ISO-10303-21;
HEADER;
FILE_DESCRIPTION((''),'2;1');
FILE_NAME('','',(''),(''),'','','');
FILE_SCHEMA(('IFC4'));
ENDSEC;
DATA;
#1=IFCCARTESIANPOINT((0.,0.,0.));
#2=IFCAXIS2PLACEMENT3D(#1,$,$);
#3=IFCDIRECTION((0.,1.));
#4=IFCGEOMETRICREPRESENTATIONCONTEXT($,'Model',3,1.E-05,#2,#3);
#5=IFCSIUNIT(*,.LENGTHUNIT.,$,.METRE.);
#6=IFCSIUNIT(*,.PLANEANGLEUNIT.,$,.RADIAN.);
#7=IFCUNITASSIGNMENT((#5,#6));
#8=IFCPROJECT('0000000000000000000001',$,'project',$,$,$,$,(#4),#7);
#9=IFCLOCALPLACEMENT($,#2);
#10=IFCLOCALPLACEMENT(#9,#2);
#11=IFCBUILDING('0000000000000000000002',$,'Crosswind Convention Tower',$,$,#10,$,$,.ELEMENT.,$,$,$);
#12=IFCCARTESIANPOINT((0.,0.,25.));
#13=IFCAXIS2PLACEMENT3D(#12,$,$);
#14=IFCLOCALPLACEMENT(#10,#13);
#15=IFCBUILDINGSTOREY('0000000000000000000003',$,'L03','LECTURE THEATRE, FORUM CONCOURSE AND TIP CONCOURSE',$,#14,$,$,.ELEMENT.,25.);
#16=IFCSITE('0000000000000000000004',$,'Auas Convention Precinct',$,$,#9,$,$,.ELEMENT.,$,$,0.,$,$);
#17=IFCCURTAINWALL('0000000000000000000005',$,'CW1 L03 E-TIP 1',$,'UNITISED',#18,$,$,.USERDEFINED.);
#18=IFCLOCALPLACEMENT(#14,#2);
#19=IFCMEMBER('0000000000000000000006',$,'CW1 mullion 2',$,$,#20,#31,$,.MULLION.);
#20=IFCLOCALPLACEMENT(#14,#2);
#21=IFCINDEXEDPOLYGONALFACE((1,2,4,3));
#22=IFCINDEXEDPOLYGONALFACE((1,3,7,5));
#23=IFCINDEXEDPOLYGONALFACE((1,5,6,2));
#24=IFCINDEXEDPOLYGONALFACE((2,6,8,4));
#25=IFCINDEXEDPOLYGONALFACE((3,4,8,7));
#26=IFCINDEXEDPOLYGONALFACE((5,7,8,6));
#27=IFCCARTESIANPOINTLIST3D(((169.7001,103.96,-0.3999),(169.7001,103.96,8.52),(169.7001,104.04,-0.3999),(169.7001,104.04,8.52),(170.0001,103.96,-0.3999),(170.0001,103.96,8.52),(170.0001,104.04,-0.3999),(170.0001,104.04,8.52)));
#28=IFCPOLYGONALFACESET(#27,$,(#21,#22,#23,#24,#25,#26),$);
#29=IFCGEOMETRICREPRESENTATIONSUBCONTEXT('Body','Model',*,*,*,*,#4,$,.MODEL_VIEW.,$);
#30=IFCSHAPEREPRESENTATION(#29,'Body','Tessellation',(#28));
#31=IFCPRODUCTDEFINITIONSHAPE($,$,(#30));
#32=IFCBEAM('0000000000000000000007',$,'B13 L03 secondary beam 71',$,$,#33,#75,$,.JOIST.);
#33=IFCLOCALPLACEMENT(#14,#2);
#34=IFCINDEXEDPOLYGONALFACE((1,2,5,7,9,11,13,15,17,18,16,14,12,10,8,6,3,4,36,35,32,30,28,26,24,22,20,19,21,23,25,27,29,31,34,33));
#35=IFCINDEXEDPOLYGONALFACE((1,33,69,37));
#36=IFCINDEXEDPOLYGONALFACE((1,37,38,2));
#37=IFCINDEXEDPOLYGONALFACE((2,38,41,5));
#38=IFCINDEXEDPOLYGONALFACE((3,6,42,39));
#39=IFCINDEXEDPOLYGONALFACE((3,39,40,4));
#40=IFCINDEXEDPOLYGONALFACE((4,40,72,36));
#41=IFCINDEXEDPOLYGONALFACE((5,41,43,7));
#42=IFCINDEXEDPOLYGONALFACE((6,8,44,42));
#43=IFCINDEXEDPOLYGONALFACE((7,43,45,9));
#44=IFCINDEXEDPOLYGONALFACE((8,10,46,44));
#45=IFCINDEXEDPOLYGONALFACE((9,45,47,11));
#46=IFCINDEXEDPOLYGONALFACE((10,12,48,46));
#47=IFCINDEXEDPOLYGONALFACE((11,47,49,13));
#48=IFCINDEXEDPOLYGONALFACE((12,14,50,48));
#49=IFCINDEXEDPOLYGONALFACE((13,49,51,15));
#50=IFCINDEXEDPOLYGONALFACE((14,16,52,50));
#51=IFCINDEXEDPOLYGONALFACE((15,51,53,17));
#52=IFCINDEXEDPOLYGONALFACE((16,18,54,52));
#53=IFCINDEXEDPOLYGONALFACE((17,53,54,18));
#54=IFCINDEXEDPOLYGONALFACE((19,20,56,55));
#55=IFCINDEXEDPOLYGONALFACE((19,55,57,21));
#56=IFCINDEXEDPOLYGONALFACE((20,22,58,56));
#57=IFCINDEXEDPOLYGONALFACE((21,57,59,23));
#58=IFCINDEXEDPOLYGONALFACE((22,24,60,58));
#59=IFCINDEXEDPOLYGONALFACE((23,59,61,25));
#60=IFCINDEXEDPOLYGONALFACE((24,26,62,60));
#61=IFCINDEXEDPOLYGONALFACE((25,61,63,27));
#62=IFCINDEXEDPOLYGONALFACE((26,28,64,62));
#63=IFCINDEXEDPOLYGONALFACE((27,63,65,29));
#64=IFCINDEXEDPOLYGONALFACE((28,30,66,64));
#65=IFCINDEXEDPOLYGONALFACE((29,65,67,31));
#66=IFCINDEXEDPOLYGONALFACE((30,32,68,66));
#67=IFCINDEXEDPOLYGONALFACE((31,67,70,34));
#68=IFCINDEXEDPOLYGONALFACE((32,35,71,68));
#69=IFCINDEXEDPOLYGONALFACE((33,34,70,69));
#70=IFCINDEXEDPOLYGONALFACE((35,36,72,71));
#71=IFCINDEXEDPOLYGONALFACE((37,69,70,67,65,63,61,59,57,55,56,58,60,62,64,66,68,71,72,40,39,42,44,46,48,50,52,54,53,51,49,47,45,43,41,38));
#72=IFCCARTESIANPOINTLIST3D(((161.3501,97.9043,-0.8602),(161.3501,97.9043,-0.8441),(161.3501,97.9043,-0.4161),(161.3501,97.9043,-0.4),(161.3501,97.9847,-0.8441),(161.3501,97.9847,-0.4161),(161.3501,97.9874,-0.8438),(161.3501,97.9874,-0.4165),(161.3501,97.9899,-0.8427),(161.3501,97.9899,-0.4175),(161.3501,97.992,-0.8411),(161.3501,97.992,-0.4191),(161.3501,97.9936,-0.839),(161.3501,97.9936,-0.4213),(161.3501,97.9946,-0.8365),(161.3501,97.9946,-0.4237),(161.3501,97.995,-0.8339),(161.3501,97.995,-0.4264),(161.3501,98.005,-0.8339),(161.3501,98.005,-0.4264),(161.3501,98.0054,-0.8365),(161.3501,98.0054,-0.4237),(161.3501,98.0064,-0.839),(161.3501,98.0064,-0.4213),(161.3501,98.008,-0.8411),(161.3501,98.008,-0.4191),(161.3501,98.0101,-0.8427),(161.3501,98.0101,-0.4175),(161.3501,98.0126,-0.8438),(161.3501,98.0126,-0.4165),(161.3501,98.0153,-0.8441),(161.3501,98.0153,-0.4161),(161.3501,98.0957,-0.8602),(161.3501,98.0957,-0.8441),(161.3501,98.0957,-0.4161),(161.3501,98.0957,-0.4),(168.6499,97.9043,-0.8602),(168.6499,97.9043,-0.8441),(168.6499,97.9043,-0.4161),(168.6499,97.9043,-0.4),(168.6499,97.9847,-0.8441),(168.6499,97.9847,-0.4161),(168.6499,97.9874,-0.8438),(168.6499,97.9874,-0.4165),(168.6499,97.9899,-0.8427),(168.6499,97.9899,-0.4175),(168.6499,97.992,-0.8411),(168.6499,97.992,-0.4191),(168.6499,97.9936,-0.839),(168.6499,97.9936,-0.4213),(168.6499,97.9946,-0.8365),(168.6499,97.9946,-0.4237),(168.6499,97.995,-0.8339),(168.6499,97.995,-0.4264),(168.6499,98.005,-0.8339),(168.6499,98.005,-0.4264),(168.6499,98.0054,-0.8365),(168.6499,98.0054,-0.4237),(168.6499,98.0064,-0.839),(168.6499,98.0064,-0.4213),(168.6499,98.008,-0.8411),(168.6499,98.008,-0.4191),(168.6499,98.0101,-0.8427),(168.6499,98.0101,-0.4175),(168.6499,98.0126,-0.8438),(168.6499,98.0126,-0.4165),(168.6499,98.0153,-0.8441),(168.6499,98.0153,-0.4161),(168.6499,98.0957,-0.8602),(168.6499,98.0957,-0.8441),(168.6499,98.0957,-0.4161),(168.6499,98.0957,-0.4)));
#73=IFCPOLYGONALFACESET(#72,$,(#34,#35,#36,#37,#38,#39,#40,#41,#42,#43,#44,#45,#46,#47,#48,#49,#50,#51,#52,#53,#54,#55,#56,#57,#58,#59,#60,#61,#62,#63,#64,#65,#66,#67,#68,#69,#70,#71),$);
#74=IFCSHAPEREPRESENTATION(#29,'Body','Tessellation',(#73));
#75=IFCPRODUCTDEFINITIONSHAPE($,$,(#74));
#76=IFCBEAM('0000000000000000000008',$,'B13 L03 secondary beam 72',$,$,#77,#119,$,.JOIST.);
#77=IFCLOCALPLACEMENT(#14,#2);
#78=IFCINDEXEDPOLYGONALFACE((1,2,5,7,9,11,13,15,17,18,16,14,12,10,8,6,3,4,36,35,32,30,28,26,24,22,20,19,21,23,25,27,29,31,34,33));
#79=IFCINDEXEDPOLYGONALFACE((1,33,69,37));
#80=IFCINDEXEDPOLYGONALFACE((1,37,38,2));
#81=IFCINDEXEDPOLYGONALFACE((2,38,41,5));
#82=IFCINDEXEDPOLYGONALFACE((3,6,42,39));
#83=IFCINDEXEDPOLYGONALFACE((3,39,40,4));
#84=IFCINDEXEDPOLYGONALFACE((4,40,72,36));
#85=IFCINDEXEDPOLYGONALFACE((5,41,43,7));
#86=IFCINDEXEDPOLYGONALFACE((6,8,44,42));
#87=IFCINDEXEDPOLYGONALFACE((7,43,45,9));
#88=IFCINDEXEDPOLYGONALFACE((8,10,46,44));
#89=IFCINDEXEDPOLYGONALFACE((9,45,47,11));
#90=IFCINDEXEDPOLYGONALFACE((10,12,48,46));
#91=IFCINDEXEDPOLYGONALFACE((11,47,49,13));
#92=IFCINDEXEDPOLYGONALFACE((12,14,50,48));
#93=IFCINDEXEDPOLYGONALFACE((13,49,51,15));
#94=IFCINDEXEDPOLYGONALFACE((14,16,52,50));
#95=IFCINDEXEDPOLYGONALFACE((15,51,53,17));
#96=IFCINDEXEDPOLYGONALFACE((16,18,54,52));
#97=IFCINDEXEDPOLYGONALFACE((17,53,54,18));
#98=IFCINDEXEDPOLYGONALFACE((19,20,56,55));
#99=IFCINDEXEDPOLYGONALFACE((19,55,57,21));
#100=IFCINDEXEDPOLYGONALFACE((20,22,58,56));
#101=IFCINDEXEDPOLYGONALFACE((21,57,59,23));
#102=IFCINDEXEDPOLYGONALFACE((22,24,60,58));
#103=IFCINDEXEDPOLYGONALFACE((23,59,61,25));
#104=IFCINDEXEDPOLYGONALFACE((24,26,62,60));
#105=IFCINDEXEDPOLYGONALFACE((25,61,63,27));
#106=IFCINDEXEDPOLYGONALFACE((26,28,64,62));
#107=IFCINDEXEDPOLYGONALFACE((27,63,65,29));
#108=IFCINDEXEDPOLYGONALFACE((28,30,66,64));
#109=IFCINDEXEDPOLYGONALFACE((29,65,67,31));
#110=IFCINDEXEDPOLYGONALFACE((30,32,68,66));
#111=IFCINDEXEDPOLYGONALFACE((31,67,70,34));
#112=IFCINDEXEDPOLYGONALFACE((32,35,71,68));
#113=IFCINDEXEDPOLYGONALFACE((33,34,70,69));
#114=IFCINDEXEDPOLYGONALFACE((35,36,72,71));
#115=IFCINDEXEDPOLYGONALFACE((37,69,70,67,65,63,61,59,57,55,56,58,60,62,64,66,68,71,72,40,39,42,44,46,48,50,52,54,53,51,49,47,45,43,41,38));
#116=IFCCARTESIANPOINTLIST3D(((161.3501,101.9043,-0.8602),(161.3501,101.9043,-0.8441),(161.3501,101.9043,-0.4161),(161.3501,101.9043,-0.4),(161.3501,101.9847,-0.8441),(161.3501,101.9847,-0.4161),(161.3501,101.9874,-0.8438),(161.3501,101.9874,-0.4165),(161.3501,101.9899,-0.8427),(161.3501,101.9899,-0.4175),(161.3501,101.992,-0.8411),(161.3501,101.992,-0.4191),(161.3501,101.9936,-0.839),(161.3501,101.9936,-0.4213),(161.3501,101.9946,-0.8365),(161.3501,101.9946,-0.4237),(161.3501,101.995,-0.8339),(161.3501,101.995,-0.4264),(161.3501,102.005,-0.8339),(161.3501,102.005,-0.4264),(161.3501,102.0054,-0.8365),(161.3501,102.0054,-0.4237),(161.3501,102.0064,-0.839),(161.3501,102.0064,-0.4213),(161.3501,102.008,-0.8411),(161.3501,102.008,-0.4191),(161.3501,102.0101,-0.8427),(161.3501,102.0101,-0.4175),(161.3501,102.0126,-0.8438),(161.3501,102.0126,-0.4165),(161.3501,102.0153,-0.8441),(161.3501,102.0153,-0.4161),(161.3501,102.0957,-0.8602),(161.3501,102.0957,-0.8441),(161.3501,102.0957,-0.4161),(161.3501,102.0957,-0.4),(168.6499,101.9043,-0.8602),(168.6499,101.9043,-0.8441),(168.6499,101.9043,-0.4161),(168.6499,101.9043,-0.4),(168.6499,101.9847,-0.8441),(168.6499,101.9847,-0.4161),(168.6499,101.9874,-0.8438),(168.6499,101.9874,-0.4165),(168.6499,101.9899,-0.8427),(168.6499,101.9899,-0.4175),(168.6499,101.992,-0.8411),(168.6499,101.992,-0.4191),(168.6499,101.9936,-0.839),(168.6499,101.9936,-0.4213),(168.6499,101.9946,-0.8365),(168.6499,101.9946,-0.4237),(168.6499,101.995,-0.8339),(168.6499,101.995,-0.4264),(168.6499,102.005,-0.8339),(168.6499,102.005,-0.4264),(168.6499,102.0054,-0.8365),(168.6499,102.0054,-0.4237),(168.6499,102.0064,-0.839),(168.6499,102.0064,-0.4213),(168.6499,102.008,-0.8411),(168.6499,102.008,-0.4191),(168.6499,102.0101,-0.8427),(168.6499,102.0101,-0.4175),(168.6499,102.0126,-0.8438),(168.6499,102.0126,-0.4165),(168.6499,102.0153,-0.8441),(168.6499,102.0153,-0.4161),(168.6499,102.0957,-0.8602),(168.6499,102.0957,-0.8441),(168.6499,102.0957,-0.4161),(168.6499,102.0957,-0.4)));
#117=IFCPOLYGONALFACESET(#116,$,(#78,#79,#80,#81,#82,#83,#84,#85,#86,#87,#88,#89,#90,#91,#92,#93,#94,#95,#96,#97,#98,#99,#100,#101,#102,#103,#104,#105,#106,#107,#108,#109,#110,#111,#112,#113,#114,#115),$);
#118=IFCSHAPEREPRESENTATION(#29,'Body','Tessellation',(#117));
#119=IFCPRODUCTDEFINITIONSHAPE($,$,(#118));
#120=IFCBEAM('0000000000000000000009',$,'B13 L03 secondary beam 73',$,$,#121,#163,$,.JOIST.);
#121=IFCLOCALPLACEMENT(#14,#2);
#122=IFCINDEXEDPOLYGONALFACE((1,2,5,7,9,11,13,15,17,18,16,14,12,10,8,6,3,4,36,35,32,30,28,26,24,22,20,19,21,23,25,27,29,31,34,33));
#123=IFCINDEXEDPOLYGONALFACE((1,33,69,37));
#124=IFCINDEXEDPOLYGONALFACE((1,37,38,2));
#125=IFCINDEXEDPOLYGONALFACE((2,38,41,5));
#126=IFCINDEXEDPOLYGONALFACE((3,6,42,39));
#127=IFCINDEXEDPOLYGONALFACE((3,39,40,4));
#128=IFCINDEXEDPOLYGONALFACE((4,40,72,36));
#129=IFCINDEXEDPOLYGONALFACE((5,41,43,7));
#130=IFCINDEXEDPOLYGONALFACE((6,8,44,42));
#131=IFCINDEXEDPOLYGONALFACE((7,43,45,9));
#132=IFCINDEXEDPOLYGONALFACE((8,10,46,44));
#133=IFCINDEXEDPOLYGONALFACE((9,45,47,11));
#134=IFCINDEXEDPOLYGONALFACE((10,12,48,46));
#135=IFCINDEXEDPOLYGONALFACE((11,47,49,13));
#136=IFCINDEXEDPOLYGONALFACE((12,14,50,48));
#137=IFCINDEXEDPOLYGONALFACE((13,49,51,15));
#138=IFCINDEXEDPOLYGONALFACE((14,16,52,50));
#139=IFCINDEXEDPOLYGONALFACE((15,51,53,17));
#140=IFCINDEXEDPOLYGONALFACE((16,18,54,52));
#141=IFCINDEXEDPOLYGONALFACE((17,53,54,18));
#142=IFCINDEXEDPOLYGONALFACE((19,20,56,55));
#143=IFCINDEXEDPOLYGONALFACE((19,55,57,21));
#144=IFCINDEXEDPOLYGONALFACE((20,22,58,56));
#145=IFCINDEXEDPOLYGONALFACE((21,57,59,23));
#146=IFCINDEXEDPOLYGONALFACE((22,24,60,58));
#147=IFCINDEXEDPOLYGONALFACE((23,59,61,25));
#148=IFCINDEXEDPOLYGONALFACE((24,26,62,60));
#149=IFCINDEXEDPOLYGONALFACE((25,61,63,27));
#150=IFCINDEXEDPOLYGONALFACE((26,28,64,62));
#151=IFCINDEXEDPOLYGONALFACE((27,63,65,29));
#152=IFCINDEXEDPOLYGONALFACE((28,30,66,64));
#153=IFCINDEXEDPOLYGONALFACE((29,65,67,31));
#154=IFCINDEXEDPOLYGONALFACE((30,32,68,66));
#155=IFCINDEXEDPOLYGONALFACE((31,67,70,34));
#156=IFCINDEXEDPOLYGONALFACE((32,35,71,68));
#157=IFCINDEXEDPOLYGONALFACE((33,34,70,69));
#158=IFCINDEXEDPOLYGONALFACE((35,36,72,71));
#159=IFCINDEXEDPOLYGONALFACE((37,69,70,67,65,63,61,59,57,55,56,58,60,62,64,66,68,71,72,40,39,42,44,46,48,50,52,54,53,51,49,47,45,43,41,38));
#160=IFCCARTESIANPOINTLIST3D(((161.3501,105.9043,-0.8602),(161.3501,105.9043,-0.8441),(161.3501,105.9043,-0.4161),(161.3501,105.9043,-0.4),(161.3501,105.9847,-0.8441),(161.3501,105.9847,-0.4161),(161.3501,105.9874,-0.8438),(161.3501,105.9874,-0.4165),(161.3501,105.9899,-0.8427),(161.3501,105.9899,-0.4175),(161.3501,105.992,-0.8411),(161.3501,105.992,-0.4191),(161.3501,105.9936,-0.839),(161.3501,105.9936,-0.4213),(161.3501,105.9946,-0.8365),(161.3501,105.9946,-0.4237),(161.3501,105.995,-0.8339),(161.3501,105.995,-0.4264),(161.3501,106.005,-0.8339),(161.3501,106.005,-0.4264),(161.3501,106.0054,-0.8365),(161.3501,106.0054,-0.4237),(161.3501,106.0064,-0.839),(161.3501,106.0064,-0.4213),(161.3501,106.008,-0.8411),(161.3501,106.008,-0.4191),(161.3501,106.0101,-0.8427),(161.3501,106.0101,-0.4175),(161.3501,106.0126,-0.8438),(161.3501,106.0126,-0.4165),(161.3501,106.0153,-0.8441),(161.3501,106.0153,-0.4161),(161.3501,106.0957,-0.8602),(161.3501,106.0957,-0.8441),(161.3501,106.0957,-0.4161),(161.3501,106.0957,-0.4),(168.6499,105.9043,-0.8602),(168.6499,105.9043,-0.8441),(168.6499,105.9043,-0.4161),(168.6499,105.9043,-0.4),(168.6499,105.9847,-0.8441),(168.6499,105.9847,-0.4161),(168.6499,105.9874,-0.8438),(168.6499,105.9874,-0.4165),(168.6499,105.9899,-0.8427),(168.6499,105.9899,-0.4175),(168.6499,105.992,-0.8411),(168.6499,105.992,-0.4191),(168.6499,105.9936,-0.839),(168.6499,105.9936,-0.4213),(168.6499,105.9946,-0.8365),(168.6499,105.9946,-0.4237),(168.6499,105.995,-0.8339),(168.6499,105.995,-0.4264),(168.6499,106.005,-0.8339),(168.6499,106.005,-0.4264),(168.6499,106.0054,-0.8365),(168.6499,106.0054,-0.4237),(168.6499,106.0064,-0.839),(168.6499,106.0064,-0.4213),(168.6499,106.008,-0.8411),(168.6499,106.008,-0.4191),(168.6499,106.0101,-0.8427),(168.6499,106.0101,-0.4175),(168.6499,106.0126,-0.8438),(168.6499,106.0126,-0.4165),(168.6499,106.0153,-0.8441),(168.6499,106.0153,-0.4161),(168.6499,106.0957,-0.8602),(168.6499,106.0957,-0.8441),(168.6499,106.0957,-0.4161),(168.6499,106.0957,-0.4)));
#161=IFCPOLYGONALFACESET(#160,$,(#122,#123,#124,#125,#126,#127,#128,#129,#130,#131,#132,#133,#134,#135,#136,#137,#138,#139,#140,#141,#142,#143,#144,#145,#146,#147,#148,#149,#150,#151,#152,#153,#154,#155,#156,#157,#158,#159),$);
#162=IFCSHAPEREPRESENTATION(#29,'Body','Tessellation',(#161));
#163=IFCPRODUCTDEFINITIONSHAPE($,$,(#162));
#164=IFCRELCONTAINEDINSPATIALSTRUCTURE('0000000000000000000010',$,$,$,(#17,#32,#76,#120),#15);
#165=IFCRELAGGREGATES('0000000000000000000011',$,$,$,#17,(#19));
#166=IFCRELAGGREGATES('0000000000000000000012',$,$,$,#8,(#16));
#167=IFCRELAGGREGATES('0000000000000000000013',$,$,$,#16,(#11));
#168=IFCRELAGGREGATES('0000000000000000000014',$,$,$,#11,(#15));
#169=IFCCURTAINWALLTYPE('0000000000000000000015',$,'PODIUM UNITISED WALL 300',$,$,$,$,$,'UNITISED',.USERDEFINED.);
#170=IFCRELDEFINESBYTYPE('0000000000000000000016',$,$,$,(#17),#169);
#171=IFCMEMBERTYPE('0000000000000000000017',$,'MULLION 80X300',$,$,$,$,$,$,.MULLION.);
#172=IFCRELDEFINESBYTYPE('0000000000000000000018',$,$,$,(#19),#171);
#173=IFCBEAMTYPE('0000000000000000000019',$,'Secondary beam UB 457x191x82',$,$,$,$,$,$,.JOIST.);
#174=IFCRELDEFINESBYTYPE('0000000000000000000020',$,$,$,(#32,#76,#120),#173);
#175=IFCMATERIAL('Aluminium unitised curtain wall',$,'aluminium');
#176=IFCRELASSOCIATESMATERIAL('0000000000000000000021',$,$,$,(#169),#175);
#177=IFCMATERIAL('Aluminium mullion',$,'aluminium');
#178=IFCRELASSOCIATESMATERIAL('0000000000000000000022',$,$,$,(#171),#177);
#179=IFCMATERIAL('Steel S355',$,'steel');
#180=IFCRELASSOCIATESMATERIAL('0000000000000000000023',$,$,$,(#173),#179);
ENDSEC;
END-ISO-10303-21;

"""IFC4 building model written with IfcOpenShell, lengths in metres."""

from ifc_helpers import new_model, si_unit, direction, frame, origin, origin_2d, place, context, subcontext, project, spatial, rectangle, i_section, extrude, material, material_profile, profile_set, type_object, element, aggregate, save


model = new_model("IFC4")

# Units and contexts
model_context = context("Model", 3, precision=1e-05, world=origin(), true_north=direction((0.0, 1.0)))
body_context = subcontext(model_context, "Body", "Model", "MODEL_VIEW")
ifc_project = project(units=[si_unit("LENGTHUNIT", "METRE"), si_unit("PLANEANGLEUNIT", "RADIAN")], contexts=[model_context])

# Site, building, storey
site_placement = place(None, origin())
site = spatial("IfcSite", under=ifc_project, at=site_placement, Name="Auas Convention Precinct", CompositionType="ELEMENT", RefElevation=0.0)
building_placement = place(site_placement, origin())
building = spatial("IfcBuilding", under=site, at=building_placement, Name="Crosswind Convention Tower", CompositionType="ELEMENT")
storey_placement = place(building_placement, frame((0.0, 0.0, 25.0)))
storey = spatial("IfcBuildingStorey", under=building, at=storey_placement, Name="L03", Description="LECTURE THEATRE, FORUM CONCOURSE AND TIP CONCOURSE", CompositionType="ELEMENT", Elevation=25.0)

# Curtain wall, member
ifc_material_1 = material(Name="Aluminium unitised curtain wall", Category="aluminium")
curtain_wall_type = type_object("IfcCurtainWallType", Name="PODIUM UNITISED WALL 300", ElementType="UNITISED", PredefinedType="USERDEFINED", material=ifc_material_1)
curtain_wall_placement = place(storey_placement, origin())
curtain_wall = element("IfcCurtainWall", 1, at=curtain_wall_placement, inside=storey, type_object=curtain_wall_type, Name="CW1 L03 E-TIP 1", ObjectType="UNITISED", PredefinedType="USERDEFINED")
ifc_material_2 = material(Name="Aluminium mullion", Category="aluminium")
ifc_material_profile_1 = material_profile(ifc_material_2, rectangle(XDim=0.3, YDim=0.0801, at=origin_2d()), Name="AL 300X80")
ifc_profile_set_1 = profile_set([ifc_material_profile_1], Name="Aluminium mullion")
member_type = type_object("IfcMemberType", Name="MULLION 80X300", PredefinedType="MULLION", material=ifc_profile_set_1)
member_placement = place(storey_placement, frame((169.8501, 104.0, -0.3999), z_axis=(0.0, 0.0, 1.0), x_axis=(1.0, 0.0, 0.0)))
member = element("IfcMember", 2, at=member_placement, type_object=member_type, Name="CW1 mullion 2", PredefinedType="MULLION", context=body_context, shape_type="SweptSolid", body=[
    extrude(rectangle(XDim=0.3, YDim=0.0801, at=origin_2d()), origin(), (0.0, 0.0, 1.0), 8.9199),
])

# Beams
ifc_material_3 = material(Name="Steel S355", Category="steel")
ifc_material_profile_2 = material_profile(ifc_material_3, i_section(OverallWidth=0.1914, OverallDepth=0.4602, WebThickness=0.01, FlangeThickness=0.0161, FilletRadius=0.0103, at=origin_2d()), Name="UB 457x191x82")
ifc_profile_set_2 = profile_set([ifc_material_profile_2], Name="Steel S355")
beam_type_1 = type_object("IfcBeamType", Name="Secondary beam UB 457x191x82", PredefinedType="JOIST", material=ifc_profile_set_2)
for number, where, z_axis, x_axis, name in (
    (3, (161.3501, 98.0, -0.6301), (1.0, 0.0, 0.0), (0.0, 1.0, 0.0), "B13 L03 secondary beam 71"),
    (4, (161.3501, 102.0, -0.6301), (1.0, 0.0, 0.0), (0.0, 1.0, 0.0), "B13 L03 secondary beam 72"),
    (5, (161.3501, 106.0, -0.6301), (1.0, 0.0, 0.0), (0.0, 1.0, 0.0), "B13 L03 secondary beam 73"),
):
    element("IfcBeam", number, at=place(storey_placement, frame(where, z_axis=z_axis, x_axis=x_axis)), inside=storey, type_object=beam_type_1, Name=name, PredefinedType="JOIST", context=body_context, shape_type="SweptSolid", body=[
        extrude(i_section(OverallWidth=0.1914, OverallDepth=0.4602, WebThickness=0.01, FlangeThickness=0.0161, FilletRadius=0.0103, at=origin_2d()), origin(), (0.0, 0.0, 1.0), 7.2998),
    ])

aggregate(curtain_wall, [member])

save(model, "model.ifc")
